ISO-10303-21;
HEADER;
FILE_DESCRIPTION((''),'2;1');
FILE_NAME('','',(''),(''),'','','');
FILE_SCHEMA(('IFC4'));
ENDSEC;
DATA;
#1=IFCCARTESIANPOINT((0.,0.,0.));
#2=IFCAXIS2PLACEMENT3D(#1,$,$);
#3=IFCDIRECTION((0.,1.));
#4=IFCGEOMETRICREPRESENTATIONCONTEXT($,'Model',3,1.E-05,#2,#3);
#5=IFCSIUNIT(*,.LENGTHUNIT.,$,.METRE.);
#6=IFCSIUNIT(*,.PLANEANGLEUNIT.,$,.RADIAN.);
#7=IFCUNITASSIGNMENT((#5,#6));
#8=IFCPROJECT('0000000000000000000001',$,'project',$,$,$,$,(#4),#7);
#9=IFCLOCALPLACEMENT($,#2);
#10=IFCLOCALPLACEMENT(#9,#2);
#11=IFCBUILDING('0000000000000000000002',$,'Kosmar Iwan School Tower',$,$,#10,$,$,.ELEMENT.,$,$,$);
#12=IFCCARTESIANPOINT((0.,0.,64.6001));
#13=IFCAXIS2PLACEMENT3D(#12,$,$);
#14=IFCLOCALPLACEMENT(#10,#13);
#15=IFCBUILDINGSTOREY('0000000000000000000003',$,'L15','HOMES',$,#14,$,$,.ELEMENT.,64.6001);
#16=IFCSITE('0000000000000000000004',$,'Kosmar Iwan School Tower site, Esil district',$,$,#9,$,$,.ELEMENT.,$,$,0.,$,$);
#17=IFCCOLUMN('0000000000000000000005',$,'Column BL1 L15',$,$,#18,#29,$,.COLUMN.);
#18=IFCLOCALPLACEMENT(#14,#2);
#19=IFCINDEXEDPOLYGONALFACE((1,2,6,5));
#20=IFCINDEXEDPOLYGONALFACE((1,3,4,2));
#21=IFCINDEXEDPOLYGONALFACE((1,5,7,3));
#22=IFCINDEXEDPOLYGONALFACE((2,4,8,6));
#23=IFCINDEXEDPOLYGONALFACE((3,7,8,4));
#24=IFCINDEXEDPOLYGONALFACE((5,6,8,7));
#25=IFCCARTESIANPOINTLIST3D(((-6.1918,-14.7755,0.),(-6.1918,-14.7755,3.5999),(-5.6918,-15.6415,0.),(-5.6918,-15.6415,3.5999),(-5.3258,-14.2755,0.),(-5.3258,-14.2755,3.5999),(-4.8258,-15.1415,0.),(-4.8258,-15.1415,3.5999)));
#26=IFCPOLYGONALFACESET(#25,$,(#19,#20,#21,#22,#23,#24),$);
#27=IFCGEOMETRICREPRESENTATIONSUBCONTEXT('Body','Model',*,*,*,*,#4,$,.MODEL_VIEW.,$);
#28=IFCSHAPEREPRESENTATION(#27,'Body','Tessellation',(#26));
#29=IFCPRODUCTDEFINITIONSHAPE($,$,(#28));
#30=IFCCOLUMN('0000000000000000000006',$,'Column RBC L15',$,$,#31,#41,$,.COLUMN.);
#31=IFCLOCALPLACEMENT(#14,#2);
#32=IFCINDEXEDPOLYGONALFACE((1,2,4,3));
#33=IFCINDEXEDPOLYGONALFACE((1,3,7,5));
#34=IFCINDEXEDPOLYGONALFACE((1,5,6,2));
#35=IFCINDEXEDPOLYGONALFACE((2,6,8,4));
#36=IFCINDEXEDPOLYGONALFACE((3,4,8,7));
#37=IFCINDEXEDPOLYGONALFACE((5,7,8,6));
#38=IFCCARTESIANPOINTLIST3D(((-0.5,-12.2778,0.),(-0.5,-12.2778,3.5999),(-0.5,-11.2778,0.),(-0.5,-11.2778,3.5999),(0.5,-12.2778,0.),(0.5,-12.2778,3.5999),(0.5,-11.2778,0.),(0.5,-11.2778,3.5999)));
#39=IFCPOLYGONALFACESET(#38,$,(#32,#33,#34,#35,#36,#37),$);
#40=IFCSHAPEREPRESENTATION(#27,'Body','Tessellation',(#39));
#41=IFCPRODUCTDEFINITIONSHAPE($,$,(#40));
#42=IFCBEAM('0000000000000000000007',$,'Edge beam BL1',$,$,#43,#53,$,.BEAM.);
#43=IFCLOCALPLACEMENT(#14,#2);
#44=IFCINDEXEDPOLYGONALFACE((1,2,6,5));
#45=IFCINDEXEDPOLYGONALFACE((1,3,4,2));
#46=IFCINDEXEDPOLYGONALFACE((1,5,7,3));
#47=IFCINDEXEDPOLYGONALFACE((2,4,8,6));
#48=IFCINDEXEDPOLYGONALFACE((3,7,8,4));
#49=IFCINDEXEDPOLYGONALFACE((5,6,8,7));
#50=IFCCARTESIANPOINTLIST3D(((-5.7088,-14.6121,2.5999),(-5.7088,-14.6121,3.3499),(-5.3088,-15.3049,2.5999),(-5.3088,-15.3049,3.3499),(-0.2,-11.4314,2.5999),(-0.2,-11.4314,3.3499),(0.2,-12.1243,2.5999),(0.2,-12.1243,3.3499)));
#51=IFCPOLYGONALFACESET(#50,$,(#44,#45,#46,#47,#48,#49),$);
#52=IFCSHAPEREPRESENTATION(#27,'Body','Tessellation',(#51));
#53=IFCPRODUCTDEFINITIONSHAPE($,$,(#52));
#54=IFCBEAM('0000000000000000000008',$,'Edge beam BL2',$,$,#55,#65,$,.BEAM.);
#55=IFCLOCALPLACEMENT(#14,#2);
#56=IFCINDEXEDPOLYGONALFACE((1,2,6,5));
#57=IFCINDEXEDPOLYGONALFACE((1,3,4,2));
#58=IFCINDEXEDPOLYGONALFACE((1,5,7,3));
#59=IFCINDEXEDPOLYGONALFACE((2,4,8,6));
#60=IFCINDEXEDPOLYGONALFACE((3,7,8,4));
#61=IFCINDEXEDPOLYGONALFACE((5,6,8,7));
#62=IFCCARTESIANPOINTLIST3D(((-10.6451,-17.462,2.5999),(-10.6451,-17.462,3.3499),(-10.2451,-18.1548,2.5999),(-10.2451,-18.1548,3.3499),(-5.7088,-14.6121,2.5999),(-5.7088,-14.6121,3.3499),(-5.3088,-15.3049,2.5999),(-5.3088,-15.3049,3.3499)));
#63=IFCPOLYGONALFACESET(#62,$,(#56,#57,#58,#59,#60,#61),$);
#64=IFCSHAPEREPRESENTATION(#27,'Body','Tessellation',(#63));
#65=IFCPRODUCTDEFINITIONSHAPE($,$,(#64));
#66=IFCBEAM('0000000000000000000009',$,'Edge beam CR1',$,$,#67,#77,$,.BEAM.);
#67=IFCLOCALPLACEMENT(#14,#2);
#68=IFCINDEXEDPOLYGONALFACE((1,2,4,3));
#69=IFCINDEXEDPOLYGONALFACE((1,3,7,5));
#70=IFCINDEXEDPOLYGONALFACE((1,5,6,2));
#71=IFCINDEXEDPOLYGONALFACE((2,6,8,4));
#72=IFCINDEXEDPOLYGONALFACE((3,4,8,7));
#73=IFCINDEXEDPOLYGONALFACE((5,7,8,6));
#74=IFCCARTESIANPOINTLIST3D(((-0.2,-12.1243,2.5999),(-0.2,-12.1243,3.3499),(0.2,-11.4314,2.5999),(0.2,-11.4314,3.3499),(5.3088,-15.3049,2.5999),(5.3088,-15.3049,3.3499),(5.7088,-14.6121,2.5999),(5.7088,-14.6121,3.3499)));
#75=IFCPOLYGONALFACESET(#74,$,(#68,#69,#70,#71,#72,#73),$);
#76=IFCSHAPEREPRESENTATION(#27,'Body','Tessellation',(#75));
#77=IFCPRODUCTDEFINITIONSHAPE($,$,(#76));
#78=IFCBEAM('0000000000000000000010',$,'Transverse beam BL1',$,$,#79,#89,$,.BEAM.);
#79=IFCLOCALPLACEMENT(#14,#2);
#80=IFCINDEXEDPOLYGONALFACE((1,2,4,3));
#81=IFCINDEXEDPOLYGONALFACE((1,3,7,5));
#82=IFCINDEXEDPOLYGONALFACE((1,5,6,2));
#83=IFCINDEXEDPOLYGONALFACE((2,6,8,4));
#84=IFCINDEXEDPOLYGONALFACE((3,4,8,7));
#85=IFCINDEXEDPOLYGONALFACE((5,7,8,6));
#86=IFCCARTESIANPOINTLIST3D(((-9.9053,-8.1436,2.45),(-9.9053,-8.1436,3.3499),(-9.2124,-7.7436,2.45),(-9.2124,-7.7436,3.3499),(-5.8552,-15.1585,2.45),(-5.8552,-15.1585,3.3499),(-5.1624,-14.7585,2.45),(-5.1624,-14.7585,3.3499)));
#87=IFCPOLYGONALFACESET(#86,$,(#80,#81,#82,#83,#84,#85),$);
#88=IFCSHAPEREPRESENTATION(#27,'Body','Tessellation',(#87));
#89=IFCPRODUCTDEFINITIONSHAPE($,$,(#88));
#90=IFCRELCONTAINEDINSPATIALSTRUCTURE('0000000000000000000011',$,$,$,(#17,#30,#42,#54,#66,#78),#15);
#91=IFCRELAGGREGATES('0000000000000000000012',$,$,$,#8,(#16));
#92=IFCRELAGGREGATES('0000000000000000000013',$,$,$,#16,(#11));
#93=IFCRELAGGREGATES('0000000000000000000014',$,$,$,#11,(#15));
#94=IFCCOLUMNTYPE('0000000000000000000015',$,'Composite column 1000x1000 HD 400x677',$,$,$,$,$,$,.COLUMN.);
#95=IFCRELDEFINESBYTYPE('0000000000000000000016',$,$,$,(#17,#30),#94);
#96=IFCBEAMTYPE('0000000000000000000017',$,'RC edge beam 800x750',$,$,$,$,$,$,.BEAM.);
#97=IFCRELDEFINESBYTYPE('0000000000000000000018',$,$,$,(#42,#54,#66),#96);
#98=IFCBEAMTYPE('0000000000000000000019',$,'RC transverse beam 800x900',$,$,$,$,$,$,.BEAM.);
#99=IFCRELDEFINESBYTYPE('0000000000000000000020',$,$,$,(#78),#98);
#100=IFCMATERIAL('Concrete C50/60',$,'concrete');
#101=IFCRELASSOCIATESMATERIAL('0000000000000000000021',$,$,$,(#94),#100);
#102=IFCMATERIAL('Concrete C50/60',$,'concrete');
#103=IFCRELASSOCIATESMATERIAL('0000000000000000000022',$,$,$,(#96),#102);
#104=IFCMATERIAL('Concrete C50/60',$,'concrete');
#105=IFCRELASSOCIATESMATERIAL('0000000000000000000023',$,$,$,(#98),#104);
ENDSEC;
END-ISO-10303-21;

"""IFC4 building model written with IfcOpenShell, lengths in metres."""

from ifc_helpers import new_model, si_unit, direction, frame, origin, origin_2d, place, context, subcontext, project, spatial, rectangle, extrude, material, material_profile, profile_set, type_object, element, save


model = new_model("IFC4")

# Units and contexts
model_context = context("Model", 3, precision=1e-05, world=origin(), true_north=direction((0.0, 1.0)))
body_context = subcontext(model_context, "Body", "Model", "MODEL_VIEW")
ifc_project = project(units=[si_unit("LENGTHUNIT", "METRE"), si_unit("PLANEANGLEUNIT", "RADIAN")], contexts=[model_context])

# Site, building, storey
site_placement = place(None, origin())
site = spatial("IfcSite", under=ifc_project, at=site_placement, Name="Kosmar Iwan School Tower site, Esil district", CompositionType="ELEMENT", RefElevation=0.0)
building_placement = place(site_placement, origin())
building = spatial("IfcBuilding", under=site, at=building_placement, Name="Kosmar Iwan School Tower", CompositionType="ELEMENT")
storey_placement = place(building_placement, frame((0.0, 0.0, 64.6001)))
storey = spatial("IfcBuildingStorey", under=building, at=storey_placement, Name="L15", Description="HOMES", CompositionType="ELEMENT", Elevation=64.6001)

# Columns
ifc_material_1 = material(Name="Concrete C50/60", Category="concrete")
ifc_material_profile_1 = material_profile(ifc_material_1, rectangle(XDim=1.0, YDim=1.0, at=origin_2d()), Name="RC 1000x1000 + HD 400x677")
ifc_profile_set_1 = profile_set([ifc_material_profile_1], Name="Concrete C50/60")
column_type = type_object("IfcColumnType", Name="Composite column 1000x1000 HD 400x677", PredefinedType="COLUMN", material=ifc_profile_set_1)
for number, where, z_axis, x_axis, name in (
    (1, (-5.5088, -14.9585, 0.0), (0.0, 0.0, 1.0), (-0.866025, -0.5, 0.0), "Column BL1 L15"),
    (2, (0.0, -11.7778, 0.0), (0.0, 0.0, 1.0), (1.0, 0.0, 0.0), "Column RBC L15"),
):
    element("IfcColumn", number, at=place(storey_placement, frame(where, z_axis=z_axis, x_axis=x_axis)), inside=storey, type_object=column_type, Name=name, PredefinedType="COLUMN", context=body_context, shape_type="SweptSolid", body=[
        extrude(rectangle(XDim=1.0, YDim=1.0, at=origin_2d()), origin(), (0.0, 0.0, 1.0), 3.5999),
    ])

# Beams
ifc_material_2 = material(Name="Concrete C50/60", Category="concrete")
ifc_material_profile_2 = material_profile(ifc_material_2, rectangle(XDim=0.8, YDim=0.75, at=origin_2d()), Name="RC 800x750")
ifc_profile_set_2 = profile_set([ifc_material_profile_2], Name="Concrete C50/60")
beam_type_1 = type_object("IfcBeamType", Name="RC edge beam 800x750", PredefinedType="BEAM", material=ifc_profile_set_2)
beam_1_placement = place(storey_placement, frame((0.0, -11.7778, 2.9749), z_axis=(-0.866014, -0.500019, 0.0), x_axis=(0.500019, -0.866014, 0.0)))
element("IfcBeam", 3, at=beam_1_placement, inside=storey, type_object=beam_type_1, Name="Edge beam BL1", PredefinedType="BEAM", context=body_context, shape_type="SweptSolid", body=[
    extrude(rectangle(XDim=0.8, YDim=0.75, at=origin_2d()), origin(), (0.0, 0.0, 1.0), 6.3611),
])
beam_2_placement = place(storey_placement, frame((-5.5088, -14.9585, 2.9749), z_axis=(-0.866034, -0.499986, 0.0), x_axis=(0.499986, -0.866034, 0.0)))
element("IfcBeam", 4, at=beam_2_placement, inside=storey, type_object=beam_type_1, Name="Edge beam BL2", PredefinedType="BEAM", context=body_context, shape_type="SweptSolid", body=[
    extrude(rectangle(XDim=0.8, YDim=0.75, at=origin_2d()), origin(), (0.0, 0.0, 1.0), 5.7),
])
beam_3_placement = place(storey_placement, frame((0.0, -11.7778, 2.9749), z_axis=(0.866014, -0.500019, 0.0), x_axis=(0.500019, 0.866014, 0.0)))
element("IfcBeam", 5, at=beam_3_placement, inside=storey, type_object=beam_type_1, Name="Edge beam CR1", PredefinedType="BEAM", context=body_context, shape_type="SweptSolid", body=[
    extrude(rectangle(XDim=0.8, YDim=0.75, at=origin_2d()), origin(), (0.0, 0.0, 1.0), 6.3611),
])
ifc_material_3 = material(Name="Concrete C50/60", Category="concrete")
ifc_material_profile_3 = material_profile(ifc_material_3, rectangle(XDim=0.8, YDim=0.8999, at=origin_2d()), Name="RC 800x900")
ifc_profile_set_3 = profile_set([ifc_material_profile_3], Name="Concrete C50/60")
beam_type_2 = type_object("IfcBeamType", Name="RC transverse beam 800x900", PredefinedType="BEAM", material=ifc_profile_set_3)
beam_4_placement = place(storey_placement, frame((-5.5088, -14.9585, 2.8999), z_axis=(-0.5, 0.866025, 0.0), x_axis=(-0.866025, -0.5, 0.0)))
element("IfcBeam", 6, at=beam_4_placement, inside=storey, type_object=beam_type_2, Name="Transverse beam BL1", PredefinedType="BEAM", context=body_context, shape_type="SweptSolid", body=[
    extrude(rectangle(XDim=0.8, YDim=0.8999, at=origin_2d()), origin(), (0.0, 0.0, 1.0), 8.1001),
])

save(model, "model.ifc")
